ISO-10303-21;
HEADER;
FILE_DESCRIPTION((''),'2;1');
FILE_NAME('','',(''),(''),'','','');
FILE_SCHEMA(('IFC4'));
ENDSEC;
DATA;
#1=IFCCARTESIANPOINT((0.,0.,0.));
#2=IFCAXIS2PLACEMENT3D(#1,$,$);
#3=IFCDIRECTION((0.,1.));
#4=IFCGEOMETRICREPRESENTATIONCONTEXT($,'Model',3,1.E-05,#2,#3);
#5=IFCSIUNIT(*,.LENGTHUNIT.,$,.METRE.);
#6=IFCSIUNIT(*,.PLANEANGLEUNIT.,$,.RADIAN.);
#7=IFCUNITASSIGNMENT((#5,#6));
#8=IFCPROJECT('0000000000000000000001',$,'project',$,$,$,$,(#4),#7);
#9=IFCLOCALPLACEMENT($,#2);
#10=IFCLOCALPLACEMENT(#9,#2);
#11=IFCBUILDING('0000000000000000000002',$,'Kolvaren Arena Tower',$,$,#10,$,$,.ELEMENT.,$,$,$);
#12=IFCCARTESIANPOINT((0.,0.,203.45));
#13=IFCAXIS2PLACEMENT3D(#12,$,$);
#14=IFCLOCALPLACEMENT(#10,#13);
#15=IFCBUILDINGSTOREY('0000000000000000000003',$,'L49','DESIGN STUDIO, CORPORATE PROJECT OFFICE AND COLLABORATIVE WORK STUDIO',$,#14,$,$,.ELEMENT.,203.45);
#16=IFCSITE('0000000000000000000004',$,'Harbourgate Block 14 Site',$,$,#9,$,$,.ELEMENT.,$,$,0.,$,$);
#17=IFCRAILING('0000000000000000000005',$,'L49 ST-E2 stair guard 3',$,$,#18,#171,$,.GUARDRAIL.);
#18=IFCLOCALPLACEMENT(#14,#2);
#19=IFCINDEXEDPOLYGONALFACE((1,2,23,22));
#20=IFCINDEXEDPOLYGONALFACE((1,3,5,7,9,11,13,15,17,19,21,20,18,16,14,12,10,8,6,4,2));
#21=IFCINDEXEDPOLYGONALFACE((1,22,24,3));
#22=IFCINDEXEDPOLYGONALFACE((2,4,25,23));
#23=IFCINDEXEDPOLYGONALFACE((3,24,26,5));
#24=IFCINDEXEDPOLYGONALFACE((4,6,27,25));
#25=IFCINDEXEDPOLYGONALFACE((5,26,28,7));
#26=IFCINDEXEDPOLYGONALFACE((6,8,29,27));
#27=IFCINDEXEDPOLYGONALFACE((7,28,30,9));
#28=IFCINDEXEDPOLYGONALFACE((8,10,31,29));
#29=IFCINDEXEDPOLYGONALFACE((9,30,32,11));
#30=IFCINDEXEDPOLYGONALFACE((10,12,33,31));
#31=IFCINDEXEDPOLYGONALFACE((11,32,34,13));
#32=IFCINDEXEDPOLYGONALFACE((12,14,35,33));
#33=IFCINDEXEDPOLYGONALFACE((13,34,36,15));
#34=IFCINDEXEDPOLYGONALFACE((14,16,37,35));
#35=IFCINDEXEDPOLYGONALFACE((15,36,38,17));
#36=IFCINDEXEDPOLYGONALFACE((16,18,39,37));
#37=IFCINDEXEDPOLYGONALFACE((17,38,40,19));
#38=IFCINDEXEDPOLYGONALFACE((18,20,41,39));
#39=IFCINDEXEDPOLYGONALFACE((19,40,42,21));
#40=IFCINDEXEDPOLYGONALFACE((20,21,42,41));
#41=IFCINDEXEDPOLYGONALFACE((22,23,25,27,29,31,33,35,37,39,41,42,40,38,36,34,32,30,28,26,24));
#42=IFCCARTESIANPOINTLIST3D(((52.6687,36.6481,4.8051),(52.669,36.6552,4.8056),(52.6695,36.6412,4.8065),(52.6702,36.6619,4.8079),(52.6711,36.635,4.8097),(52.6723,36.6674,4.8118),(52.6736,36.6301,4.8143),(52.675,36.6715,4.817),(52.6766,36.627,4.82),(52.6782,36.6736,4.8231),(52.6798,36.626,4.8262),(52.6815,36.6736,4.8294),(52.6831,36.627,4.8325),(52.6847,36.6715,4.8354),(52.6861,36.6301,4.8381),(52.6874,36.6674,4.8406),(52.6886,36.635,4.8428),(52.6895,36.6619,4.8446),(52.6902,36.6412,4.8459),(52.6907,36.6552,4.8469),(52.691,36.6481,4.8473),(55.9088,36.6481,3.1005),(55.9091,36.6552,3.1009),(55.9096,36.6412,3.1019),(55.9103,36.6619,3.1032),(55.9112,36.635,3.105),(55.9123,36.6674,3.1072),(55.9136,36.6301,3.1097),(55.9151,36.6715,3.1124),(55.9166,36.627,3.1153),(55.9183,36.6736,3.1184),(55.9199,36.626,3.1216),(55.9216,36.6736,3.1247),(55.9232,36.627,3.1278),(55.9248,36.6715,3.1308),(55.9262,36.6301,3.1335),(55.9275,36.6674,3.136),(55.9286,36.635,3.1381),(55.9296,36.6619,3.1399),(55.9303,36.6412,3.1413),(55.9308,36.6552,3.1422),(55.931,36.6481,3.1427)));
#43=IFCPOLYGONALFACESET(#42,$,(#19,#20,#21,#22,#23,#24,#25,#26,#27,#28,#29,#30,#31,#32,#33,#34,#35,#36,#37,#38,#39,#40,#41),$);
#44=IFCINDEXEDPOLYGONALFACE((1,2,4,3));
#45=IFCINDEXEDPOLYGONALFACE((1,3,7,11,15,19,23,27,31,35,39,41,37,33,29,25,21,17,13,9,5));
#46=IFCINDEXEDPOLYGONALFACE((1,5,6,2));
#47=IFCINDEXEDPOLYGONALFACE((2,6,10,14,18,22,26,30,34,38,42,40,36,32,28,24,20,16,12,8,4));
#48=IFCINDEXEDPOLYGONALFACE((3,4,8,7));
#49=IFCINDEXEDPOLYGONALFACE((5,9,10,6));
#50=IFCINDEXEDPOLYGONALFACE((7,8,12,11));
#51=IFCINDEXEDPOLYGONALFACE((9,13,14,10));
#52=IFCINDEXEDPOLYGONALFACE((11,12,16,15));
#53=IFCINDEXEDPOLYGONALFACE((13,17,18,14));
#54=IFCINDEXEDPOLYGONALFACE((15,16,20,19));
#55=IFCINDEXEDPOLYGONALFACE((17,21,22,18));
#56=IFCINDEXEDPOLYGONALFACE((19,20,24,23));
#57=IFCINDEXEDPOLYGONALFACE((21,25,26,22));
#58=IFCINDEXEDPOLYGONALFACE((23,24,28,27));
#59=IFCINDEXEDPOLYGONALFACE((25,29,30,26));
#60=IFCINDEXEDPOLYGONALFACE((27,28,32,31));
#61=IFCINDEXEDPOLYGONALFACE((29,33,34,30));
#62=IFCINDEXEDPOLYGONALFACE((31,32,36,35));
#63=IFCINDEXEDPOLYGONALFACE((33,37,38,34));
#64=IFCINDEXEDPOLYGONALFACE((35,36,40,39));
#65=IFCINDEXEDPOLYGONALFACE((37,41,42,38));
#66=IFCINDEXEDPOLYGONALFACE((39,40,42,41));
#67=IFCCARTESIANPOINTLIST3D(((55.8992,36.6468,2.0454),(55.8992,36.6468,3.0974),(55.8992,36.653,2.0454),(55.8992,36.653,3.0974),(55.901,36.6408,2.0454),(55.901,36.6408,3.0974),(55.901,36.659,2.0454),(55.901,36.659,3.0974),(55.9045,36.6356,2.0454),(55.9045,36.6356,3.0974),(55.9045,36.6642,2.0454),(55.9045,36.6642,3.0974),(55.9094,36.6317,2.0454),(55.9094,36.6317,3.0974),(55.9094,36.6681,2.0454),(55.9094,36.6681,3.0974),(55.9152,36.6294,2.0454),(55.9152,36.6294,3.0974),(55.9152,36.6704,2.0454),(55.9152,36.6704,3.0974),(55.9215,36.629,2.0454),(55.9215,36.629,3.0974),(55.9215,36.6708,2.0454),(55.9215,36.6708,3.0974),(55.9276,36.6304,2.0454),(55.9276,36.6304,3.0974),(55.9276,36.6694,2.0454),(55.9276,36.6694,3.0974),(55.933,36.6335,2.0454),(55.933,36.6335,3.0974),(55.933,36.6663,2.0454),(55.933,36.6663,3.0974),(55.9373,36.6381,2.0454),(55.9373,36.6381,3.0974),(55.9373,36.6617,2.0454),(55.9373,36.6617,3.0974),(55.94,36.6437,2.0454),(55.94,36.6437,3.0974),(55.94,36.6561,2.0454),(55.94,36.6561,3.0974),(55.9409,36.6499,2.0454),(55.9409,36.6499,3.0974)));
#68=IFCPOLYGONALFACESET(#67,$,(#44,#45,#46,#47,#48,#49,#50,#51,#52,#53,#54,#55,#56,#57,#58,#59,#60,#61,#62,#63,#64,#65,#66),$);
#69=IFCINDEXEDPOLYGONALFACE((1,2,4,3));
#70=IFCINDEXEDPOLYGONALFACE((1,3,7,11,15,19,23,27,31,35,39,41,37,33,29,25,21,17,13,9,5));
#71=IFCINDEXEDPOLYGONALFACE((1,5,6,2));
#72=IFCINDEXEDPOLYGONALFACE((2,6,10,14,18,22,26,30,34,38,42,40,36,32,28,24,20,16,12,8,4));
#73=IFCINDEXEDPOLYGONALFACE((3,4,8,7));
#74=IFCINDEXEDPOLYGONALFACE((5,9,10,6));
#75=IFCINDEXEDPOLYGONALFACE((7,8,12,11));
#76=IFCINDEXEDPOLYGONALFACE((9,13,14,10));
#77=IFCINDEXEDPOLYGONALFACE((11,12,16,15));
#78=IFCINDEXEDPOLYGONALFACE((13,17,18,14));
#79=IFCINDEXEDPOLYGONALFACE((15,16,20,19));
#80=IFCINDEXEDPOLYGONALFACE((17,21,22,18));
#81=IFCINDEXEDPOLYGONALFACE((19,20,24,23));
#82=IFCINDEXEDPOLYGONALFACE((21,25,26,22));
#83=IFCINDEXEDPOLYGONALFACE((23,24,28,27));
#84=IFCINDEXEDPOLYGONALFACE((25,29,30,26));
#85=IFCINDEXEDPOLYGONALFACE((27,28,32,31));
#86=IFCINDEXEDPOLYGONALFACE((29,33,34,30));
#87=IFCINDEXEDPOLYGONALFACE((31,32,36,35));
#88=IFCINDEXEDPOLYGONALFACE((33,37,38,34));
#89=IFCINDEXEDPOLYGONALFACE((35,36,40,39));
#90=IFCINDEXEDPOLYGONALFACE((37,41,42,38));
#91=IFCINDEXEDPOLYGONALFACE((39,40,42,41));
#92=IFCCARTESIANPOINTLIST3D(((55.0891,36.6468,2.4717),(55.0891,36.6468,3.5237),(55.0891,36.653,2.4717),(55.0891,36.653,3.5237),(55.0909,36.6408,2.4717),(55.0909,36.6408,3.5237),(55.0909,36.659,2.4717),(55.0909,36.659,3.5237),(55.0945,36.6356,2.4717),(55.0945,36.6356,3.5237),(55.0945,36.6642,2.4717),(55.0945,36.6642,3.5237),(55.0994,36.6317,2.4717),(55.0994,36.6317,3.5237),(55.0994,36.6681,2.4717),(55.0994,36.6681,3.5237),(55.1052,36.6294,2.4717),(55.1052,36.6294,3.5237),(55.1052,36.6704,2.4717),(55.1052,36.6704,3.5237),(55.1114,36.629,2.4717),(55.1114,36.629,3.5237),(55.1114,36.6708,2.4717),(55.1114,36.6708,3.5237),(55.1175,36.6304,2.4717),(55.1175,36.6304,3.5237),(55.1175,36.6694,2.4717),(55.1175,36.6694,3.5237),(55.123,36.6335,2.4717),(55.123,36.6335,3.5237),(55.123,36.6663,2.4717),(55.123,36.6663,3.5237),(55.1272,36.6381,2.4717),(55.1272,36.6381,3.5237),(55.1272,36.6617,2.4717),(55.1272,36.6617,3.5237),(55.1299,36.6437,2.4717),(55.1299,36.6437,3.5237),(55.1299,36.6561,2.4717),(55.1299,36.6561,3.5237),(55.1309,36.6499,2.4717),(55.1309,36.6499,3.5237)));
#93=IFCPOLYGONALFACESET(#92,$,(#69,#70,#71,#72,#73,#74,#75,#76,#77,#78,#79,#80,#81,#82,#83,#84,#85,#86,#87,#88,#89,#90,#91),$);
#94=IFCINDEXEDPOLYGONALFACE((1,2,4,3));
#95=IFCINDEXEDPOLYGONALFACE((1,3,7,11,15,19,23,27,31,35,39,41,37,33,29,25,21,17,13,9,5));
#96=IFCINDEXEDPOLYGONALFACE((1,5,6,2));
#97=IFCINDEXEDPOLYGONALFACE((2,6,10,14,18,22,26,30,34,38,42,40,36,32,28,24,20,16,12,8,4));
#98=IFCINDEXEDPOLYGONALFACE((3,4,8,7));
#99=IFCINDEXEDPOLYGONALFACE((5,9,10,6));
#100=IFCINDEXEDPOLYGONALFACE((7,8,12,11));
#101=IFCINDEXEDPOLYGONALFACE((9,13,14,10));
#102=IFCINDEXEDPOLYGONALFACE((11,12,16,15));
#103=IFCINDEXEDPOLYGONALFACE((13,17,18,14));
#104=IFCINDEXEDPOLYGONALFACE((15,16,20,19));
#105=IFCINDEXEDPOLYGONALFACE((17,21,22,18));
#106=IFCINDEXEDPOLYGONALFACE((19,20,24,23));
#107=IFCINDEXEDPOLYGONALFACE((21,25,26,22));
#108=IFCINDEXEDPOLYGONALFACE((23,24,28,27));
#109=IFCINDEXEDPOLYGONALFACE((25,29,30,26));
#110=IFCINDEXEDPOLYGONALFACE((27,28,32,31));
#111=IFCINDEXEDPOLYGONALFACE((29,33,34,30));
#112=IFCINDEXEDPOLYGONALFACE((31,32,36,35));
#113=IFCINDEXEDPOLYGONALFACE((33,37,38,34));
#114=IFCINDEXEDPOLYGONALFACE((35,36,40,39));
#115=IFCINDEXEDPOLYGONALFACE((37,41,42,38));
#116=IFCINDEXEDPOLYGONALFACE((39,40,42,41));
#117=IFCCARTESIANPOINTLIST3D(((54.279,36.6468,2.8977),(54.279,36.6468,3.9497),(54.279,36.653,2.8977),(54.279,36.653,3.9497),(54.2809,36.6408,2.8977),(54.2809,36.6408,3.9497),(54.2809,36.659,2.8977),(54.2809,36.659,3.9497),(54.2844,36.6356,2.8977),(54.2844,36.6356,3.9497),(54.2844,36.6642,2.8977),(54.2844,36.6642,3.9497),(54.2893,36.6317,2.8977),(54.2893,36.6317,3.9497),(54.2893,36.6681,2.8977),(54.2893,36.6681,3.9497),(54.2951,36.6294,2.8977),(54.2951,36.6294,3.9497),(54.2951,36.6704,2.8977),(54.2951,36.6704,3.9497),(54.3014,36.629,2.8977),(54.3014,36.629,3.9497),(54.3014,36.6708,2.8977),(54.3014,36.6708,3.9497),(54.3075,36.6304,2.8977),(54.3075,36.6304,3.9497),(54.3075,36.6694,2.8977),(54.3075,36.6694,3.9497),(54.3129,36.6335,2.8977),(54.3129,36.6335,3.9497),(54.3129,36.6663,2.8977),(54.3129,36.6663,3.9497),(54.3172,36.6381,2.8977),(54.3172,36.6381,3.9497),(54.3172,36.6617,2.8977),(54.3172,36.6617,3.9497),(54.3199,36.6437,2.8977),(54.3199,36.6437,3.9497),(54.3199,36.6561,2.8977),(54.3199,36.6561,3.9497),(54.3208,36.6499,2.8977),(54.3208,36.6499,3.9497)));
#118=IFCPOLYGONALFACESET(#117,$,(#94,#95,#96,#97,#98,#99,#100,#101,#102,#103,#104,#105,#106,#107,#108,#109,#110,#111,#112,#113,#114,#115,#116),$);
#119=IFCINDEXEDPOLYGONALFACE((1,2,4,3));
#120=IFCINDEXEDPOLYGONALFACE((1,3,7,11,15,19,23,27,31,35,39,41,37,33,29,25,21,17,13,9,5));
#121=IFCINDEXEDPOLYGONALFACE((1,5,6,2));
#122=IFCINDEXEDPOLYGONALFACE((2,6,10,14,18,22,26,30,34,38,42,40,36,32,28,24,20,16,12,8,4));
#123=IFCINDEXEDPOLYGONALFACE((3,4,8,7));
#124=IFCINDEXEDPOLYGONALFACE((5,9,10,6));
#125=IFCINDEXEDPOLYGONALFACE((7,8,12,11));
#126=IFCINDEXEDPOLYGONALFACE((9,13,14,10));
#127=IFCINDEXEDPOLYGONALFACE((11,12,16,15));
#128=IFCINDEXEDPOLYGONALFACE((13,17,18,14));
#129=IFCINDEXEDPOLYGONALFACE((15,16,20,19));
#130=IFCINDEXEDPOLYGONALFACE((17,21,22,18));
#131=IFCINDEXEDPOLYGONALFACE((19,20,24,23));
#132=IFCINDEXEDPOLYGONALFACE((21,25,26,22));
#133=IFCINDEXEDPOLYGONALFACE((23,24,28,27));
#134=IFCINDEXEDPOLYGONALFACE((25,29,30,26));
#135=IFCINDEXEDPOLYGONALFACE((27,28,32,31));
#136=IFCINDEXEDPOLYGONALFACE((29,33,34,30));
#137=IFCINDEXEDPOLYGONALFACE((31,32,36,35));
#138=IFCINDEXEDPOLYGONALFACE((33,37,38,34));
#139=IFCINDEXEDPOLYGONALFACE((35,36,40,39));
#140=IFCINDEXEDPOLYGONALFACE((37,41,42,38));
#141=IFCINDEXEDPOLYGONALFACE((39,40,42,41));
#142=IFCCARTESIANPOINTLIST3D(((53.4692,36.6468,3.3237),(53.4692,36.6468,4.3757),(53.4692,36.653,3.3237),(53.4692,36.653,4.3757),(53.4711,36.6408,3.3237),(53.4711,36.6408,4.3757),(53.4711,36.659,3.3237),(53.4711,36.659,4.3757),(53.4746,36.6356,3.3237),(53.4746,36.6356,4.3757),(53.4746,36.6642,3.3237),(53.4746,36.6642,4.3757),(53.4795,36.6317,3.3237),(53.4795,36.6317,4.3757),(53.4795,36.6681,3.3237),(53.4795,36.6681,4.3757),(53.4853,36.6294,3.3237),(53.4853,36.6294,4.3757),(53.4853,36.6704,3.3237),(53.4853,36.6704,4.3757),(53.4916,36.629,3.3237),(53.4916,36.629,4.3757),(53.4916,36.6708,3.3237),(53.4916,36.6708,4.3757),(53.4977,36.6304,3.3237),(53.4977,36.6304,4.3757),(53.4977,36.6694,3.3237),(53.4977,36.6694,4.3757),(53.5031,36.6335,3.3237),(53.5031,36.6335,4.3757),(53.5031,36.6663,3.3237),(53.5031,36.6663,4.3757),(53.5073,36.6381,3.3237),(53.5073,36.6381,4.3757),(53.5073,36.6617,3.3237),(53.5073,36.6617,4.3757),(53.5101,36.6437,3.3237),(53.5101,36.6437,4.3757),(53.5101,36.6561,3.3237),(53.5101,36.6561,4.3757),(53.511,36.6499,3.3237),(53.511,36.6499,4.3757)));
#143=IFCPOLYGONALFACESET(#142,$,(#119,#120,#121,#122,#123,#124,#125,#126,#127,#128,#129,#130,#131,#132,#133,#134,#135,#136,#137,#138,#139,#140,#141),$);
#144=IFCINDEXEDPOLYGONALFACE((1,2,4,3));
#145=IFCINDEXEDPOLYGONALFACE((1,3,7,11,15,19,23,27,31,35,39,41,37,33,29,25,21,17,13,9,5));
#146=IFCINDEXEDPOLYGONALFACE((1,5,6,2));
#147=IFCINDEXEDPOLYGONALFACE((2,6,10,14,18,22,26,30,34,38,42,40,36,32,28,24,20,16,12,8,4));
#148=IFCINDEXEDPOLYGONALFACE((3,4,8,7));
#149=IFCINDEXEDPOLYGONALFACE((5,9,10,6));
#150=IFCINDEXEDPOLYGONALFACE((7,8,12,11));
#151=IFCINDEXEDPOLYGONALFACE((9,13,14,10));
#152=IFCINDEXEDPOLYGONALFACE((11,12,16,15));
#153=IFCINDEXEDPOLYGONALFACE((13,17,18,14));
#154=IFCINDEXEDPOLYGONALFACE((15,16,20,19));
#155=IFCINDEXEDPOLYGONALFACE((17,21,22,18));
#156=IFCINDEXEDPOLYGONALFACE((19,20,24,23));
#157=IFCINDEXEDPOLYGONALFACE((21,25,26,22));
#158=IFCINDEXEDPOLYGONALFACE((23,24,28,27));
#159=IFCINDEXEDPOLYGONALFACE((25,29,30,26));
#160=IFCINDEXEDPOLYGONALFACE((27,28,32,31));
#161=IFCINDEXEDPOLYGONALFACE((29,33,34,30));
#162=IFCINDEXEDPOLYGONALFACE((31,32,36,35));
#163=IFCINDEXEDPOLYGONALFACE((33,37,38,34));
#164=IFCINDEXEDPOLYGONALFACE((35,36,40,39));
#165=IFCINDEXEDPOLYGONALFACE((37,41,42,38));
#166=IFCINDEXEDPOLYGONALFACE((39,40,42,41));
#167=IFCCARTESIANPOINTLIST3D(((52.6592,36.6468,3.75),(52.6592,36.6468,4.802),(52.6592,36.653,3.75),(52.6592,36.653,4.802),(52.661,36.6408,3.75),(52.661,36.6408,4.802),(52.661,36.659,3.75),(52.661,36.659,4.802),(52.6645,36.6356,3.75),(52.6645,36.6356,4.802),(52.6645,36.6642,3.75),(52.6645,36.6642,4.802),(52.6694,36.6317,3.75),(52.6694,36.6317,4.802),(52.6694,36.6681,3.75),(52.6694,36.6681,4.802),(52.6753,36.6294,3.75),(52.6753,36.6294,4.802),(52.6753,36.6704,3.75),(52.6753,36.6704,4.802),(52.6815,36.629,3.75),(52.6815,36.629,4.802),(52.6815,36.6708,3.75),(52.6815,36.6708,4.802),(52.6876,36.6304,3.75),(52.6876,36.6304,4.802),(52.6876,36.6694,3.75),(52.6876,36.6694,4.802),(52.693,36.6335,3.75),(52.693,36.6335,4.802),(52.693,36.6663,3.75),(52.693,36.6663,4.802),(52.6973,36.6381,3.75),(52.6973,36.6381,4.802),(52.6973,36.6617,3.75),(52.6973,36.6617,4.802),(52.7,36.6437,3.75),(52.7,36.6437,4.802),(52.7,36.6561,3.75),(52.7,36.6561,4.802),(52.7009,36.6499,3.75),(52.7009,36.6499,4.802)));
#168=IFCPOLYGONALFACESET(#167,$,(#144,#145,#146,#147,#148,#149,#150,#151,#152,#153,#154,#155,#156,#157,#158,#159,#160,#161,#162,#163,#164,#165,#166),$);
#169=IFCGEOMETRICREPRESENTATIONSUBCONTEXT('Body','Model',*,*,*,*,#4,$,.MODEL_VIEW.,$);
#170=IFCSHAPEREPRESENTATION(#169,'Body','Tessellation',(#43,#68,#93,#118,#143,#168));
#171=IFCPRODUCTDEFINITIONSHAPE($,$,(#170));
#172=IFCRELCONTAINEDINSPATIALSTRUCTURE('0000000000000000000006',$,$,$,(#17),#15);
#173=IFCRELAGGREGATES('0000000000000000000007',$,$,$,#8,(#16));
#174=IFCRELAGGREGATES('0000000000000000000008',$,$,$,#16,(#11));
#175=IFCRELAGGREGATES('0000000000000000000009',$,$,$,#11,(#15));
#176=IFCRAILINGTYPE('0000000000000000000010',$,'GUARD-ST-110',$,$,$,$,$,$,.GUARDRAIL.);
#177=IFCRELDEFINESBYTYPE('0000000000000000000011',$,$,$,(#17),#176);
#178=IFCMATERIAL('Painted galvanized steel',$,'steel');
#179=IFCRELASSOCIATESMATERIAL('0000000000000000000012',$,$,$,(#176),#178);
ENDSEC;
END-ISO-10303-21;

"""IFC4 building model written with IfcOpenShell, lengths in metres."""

from ifc_helpers import new_model, si_unit, direction, frame, origin, origin_2d, place, context, subcontext, project, spatial, circle, extrude, material, type_object, element, save


model = new_model("IFC4")

# Units and contexts
model_context = context("Model", 3, precision=1e-05, world=origin(), true_north=direction((0.0, 1.0)))
body_context = subcontext(model_context, "Body", "Model", "MODEL_VIEW")
ifc_project = project(units=[si_unit("LENGTHUNIT", "METRE"), si_unit("PLANEANGLEUNIT", "RADIAN")], contexts=[model_context])

# Site, building, storey
site_placement = place(None, origin())
site = spatial("IfcSite", under=ifc_project, at=site_placement, Name="Harbourgate Block 14 Site", CompositionType="ELEMENT", RefElevation=0.0)
building_placement = place(site_placement, origin())
building = spatial("IfcBuilding", under=site, at=building_placement, Name="Kolvaren Arena Tower", CompositionType="ELEMENT")
storey_placement = place(building_placement, frame((0.0, 0.0, 203.45)))
storey = spatial("IfcBuildingStorey", under=building, at=storey_placement, Name="L49", Description="DESIGN STUDIO, CORPORATE PROJECT OFFICE AND COLLABORATIVE WORK STUDIO", CompositionType="ELEMENT", Elevation=203.45)

# Railing
ifc_material_1 = material(Name="Painted galvanized steel", Category="steel")
railing_type_1 = type_object("IfcRailingType", Name="GUARD-ST-110", PredefinedType="GUARDRAIL", material=ifc_material_1)
railing_1_placement = place(storey_placement, frame((55.9199, 36.6499, 2.0454)))
element("IfcRailing", 1, at=railing_1_placement, inside=storey, type_object=railing_type_1, Name="L49 ST-E2 stair guard 3", PredefinedType="GUARDRAIL", context=body_context, shape_type="SweptSolid", body=[
    extrude(circle(Radius=0.0239, at=origin_2d()), frame((0.0, 0.0, 1.0762), z_axis=(-0.884993, 0.0, 0.465604), x_axis=(0.0, -1.0, 0.0)), (0.0, 0.0, 1.0), 3.6611),
    extrude(circle(Radius=0.021, at=origin_2d()), origin(), (0.0, 0.0, 1.0), 1.052),
    extrude(circle(Radius=0.021, at=origin_2d()), frame((-0.8101, 0.0, 0.4263)), (0.0, 0.0, 1.0), 1.052),
    extrude(circle(Radius=0.021, at=origin_2d()), frame((-1.6201, 0.0, 0.8523)), (0.0, 0.0, 1.0), 1.052),
    extrude(circle(Radius=0.021, at=origin_2d()), frame((-2.4299, 0.0, 1.2783)), (0.0, 0.0, 1.0), 1.052),
    extrude(circle(Radius=0.021, at=origin_2d()), frame((-3.24, 0.0, 1.7046)), (0.0, 0.0, 1.0), 1.052),
])

save(model, "model.ifc")
